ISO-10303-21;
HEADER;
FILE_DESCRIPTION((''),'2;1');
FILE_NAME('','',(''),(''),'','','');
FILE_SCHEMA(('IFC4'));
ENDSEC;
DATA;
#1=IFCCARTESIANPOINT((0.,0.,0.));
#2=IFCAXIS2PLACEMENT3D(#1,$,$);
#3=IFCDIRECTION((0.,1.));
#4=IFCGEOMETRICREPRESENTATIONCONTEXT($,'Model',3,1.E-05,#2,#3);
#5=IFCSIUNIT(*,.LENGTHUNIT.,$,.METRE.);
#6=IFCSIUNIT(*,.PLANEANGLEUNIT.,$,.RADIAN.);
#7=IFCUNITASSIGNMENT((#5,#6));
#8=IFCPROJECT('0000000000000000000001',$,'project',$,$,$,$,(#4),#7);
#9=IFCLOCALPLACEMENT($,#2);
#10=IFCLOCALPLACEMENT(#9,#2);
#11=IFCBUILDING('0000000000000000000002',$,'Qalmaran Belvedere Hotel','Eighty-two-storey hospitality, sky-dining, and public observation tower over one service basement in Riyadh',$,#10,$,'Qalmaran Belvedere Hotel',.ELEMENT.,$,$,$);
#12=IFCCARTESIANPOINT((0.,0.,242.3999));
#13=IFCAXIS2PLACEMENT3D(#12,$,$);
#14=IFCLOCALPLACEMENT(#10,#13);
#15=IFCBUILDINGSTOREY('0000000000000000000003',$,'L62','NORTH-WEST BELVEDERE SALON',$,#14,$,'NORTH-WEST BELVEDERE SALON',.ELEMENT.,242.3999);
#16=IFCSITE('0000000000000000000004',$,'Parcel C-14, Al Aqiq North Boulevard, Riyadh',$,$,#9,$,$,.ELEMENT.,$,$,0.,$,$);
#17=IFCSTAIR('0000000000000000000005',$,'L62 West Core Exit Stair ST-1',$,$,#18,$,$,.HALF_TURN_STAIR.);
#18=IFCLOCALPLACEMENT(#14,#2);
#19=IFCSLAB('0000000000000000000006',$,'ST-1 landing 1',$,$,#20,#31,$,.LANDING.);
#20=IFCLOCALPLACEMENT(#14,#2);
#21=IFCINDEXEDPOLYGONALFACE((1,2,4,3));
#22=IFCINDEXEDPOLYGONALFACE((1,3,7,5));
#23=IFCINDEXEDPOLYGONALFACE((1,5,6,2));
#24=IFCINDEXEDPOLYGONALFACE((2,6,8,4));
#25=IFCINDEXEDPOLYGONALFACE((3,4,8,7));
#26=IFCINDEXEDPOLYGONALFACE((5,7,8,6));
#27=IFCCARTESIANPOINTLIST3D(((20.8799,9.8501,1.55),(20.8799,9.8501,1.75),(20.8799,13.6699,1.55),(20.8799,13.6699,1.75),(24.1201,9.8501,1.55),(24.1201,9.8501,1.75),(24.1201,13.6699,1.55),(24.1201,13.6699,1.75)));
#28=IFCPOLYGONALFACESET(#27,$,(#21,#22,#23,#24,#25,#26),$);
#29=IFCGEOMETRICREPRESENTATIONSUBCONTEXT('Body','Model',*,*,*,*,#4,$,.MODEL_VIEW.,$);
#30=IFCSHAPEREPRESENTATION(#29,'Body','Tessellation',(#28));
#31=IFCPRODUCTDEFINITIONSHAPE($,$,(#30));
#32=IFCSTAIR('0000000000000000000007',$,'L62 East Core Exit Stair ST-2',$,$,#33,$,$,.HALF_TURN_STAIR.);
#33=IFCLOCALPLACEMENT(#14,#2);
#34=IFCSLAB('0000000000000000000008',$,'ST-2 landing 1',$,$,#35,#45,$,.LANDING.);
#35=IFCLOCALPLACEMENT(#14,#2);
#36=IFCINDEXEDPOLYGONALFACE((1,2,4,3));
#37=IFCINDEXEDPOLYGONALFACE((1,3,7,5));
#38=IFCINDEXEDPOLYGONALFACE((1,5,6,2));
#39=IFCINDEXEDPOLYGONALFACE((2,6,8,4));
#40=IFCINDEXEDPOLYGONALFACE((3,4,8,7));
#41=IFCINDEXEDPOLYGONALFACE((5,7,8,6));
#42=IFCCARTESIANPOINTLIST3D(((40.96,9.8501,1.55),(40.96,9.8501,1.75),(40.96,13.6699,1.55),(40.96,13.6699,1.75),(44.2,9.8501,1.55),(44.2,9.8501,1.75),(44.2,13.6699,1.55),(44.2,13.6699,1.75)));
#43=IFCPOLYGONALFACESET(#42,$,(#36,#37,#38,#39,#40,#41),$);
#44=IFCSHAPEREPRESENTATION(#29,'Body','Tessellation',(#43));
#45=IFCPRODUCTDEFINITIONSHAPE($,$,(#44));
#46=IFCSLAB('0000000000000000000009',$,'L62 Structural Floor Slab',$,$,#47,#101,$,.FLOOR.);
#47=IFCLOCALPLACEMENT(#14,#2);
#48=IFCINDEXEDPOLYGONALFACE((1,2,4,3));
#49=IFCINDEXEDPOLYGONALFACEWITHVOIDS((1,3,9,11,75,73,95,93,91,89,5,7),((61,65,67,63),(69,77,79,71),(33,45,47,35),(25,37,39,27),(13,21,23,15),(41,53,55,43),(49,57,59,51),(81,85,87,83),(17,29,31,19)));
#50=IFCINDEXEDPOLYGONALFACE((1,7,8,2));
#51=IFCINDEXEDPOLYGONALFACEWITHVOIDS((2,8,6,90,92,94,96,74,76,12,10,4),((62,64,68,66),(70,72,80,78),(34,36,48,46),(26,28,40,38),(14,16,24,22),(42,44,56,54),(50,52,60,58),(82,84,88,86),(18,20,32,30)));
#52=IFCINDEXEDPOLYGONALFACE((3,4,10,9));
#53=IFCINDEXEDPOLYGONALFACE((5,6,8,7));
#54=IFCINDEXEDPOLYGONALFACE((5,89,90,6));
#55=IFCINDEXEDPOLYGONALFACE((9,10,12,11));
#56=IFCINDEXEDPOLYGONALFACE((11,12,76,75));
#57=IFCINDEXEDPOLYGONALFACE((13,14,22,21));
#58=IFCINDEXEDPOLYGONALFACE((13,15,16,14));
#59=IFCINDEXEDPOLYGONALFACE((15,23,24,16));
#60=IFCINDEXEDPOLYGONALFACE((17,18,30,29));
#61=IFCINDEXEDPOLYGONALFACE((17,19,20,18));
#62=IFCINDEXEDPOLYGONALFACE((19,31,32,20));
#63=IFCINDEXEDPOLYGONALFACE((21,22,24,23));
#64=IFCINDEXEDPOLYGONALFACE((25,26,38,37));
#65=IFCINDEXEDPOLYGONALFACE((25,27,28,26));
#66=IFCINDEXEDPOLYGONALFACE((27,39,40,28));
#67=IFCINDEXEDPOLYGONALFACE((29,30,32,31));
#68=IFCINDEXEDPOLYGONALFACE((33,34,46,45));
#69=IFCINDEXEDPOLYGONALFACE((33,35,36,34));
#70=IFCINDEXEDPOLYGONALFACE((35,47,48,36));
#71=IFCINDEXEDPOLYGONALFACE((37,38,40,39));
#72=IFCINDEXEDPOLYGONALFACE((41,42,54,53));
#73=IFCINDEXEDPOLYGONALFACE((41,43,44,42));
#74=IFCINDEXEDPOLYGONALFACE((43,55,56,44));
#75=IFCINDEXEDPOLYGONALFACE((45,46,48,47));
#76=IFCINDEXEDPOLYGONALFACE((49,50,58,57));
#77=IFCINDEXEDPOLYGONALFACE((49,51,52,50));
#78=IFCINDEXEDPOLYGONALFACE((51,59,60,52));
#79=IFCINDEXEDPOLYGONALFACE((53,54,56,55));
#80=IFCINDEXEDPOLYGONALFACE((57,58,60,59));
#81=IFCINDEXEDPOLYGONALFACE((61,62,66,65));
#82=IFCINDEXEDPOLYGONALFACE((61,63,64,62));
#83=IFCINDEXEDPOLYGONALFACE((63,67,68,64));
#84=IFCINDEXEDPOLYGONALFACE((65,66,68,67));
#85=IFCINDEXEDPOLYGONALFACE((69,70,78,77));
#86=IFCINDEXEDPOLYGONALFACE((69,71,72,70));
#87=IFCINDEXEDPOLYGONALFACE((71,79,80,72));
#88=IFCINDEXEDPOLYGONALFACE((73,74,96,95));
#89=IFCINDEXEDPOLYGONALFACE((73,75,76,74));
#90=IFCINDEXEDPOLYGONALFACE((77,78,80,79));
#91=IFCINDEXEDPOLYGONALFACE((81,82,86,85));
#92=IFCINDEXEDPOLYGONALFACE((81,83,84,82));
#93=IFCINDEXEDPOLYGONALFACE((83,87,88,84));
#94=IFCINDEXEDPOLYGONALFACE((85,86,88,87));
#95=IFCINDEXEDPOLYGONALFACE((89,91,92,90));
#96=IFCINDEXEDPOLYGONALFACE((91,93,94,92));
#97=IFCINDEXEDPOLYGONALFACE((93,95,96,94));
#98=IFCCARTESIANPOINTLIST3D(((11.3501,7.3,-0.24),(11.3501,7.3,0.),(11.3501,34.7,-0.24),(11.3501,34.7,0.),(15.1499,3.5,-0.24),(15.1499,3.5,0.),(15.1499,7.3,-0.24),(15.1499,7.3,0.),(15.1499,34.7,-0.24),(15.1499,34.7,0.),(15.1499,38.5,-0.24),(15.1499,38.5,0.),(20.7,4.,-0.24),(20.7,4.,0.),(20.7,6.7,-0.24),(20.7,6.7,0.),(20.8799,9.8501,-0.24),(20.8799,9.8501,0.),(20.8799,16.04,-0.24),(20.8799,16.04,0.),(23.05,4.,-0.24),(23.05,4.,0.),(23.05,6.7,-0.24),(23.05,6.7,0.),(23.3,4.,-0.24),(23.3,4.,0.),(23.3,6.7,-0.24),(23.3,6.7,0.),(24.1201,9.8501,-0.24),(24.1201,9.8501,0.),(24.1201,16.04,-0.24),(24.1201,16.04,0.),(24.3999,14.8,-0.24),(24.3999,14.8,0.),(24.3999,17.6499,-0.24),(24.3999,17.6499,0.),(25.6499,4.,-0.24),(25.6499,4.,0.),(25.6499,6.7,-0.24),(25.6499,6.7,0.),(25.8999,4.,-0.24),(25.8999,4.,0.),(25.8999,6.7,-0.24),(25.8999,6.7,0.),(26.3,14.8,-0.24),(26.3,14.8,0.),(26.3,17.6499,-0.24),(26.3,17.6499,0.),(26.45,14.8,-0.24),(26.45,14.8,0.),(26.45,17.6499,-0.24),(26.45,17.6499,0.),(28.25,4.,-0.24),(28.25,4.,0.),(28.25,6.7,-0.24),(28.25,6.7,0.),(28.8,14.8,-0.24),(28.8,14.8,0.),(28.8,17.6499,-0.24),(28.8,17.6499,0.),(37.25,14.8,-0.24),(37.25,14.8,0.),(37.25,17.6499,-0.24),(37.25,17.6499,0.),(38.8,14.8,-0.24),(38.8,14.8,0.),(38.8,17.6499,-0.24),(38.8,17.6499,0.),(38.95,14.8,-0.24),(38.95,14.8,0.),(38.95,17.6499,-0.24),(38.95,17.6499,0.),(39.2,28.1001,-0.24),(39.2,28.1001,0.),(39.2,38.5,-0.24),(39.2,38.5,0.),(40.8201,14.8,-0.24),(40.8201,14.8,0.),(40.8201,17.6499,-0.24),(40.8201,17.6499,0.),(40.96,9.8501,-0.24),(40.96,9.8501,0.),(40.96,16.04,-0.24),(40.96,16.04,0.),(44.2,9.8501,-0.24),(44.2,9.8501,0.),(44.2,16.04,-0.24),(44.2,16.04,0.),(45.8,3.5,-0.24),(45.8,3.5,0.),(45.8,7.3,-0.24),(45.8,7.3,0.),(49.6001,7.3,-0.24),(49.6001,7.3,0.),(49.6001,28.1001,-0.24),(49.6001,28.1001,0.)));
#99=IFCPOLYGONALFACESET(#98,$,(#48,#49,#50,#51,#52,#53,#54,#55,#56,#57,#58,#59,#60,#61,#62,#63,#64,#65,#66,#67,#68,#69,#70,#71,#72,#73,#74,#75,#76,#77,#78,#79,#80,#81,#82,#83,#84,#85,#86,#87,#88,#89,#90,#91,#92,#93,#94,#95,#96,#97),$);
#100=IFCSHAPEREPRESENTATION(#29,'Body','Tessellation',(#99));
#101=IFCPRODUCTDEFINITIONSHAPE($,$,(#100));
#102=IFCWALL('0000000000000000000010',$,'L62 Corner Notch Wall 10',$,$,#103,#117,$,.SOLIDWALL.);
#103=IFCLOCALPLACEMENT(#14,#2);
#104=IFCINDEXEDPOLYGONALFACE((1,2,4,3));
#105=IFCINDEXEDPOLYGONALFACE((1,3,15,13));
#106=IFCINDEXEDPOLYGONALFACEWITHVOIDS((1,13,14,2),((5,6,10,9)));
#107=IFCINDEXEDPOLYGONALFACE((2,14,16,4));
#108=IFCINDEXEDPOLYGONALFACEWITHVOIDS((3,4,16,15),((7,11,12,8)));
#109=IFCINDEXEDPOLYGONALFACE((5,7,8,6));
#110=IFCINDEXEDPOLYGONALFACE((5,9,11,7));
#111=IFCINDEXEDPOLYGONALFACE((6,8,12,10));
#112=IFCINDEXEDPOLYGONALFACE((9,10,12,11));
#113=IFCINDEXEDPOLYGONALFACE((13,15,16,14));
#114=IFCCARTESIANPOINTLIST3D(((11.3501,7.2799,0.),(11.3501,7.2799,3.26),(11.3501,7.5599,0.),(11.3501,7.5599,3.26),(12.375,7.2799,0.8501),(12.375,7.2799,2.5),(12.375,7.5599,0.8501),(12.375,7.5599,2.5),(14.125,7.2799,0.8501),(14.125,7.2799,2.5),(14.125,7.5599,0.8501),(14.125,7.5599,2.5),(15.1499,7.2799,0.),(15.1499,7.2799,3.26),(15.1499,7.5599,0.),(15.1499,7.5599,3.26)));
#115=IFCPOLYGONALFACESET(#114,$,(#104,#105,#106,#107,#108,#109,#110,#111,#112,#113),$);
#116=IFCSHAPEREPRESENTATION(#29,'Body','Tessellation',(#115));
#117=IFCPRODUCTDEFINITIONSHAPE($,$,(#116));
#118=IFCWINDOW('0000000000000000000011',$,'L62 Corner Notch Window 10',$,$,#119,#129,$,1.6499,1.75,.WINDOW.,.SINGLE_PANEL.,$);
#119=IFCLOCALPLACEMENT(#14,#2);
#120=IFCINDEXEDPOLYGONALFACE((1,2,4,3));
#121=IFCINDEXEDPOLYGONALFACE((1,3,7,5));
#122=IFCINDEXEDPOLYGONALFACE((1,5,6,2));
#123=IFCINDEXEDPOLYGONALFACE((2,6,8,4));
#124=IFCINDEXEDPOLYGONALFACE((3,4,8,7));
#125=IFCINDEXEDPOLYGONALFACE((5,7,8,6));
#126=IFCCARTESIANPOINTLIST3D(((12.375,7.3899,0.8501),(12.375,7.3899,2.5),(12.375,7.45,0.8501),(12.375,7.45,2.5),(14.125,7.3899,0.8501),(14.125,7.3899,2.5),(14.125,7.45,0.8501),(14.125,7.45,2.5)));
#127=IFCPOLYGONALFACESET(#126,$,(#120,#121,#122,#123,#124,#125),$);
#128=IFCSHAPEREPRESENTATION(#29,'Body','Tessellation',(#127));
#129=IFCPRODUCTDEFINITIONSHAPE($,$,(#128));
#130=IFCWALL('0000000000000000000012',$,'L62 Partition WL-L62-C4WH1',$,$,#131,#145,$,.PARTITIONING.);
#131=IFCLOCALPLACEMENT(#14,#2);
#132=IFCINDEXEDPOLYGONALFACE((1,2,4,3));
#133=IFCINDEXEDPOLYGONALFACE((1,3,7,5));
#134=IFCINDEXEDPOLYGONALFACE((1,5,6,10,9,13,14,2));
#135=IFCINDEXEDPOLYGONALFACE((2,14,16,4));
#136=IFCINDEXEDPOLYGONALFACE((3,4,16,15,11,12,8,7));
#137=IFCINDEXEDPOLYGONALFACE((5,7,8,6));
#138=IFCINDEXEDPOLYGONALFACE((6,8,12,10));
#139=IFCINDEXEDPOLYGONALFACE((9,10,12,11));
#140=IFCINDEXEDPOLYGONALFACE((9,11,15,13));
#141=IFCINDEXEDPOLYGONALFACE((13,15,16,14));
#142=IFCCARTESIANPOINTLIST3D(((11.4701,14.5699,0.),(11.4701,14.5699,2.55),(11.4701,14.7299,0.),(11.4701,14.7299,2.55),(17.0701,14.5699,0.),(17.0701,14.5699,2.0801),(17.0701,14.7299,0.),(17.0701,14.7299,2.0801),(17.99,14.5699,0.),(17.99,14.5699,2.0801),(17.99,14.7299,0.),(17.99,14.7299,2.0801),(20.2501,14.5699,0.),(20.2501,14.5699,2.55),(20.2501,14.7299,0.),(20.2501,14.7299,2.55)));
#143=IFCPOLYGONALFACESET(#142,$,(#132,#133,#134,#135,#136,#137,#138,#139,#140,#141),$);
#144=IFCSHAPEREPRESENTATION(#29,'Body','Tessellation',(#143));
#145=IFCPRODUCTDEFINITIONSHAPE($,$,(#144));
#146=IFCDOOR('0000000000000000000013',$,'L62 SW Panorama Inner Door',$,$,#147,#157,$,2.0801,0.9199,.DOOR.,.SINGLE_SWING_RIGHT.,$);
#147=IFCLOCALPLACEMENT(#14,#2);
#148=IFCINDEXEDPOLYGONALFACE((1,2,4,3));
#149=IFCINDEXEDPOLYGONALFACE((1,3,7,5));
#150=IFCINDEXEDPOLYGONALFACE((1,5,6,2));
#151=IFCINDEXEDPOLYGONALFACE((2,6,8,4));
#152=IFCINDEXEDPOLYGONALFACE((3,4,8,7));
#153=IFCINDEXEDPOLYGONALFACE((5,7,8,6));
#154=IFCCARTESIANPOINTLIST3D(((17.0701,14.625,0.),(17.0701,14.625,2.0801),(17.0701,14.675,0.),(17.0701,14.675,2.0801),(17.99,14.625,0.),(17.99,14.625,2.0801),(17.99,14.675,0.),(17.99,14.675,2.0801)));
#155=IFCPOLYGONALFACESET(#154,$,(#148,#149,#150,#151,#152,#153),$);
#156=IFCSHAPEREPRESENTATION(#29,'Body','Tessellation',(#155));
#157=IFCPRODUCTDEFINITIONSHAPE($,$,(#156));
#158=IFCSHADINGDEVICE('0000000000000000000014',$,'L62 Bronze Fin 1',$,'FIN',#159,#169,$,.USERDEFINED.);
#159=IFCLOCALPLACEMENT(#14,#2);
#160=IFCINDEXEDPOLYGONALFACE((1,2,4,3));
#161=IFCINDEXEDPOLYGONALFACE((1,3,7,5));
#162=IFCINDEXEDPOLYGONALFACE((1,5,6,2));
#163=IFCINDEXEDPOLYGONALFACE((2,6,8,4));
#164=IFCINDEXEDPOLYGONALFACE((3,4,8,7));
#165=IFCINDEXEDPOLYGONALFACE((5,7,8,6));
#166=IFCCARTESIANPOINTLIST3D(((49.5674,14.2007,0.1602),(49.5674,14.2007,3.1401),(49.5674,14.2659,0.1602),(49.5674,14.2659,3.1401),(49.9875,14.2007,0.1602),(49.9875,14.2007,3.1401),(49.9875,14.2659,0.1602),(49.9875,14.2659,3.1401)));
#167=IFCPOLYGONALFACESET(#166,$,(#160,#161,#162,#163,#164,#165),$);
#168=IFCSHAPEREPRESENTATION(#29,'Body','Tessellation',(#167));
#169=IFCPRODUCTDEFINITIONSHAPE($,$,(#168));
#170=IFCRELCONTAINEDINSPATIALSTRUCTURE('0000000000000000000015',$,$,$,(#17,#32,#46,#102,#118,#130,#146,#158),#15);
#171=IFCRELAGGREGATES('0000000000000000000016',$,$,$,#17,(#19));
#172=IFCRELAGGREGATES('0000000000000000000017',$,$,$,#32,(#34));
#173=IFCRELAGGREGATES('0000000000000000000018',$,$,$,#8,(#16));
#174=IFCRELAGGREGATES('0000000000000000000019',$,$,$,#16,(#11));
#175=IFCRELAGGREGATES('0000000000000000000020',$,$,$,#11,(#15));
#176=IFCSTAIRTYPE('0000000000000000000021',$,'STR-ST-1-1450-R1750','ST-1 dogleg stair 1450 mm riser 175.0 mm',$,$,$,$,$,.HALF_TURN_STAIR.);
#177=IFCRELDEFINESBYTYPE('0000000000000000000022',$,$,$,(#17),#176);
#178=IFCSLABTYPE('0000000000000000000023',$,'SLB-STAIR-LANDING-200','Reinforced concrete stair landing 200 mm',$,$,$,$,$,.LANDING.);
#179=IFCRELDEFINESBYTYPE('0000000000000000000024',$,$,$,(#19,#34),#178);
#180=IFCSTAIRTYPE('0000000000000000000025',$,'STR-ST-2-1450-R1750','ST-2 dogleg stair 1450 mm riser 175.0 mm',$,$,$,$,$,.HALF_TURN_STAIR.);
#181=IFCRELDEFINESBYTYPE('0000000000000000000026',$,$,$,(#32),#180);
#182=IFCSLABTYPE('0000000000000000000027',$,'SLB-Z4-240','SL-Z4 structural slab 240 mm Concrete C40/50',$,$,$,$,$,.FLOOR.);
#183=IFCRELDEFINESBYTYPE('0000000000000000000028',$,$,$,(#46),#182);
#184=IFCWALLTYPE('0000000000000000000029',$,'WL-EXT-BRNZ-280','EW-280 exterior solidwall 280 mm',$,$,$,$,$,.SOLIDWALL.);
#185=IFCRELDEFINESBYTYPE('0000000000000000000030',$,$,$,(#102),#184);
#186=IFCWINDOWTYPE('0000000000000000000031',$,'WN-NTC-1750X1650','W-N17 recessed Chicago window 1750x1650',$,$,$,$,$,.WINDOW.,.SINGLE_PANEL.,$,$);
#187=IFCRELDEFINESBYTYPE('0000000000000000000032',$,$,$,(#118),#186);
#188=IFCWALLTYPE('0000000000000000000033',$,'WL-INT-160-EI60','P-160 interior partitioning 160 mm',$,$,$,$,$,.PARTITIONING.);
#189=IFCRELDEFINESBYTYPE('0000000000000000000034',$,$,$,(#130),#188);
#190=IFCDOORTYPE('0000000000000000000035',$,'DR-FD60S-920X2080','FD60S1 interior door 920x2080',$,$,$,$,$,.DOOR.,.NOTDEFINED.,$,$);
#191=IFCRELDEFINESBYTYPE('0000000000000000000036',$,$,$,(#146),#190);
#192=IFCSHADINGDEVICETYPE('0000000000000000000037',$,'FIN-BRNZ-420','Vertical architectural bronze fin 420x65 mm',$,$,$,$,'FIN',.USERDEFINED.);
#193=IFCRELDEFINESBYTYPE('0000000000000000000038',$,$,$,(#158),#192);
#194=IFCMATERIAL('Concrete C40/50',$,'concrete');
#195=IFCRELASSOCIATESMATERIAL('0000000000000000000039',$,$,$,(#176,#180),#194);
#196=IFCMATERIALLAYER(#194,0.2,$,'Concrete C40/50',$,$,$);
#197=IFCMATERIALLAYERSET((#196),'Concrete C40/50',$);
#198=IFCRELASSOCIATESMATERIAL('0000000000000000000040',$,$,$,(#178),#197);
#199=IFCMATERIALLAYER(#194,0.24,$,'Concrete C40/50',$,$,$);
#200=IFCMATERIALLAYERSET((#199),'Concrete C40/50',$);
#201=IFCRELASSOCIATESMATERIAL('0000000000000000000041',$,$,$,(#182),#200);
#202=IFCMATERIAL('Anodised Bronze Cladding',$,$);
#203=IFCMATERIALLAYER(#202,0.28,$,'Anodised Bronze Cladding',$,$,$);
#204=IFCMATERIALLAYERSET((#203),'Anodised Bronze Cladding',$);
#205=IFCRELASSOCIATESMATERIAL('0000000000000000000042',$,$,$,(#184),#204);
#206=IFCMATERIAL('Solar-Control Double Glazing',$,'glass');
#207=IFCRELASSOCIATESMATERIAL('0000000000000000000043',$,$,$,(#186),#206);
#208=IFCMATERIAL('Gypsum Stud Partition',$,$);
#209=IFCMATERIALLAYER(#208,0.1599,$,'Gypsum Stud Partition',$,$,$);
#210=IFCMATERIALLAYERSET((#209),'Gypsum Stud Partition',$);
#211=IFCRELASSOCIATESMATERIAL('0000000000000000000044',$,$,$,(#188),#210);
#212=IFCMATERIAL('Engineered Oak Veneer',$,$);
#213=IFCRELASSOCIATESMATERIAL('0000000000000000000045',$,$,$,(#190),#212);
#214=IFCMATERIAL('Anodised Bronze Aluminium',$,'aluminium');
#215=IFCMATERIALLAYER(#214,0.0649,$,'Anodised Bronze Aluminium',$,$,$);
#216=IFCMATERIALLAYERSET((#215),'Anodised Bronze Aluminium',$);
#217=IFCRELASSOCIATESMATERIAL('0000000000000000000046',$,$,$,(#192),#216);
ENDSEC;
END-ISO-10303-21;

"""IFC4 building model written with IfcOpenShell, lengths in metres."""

from ifc_helpers import new_model, si_unit, direction, frame, frame_2d, origin, place, context, subcontext, project, spatial, polyline, rectangle, outline, extrude, material, layer, layer_set, type_object, element, fill, aggregate, save


model = new_model("IFC4")

# Units and contexts
model_context = context("Model", 3, precision=1e-05, world=origin(), true_north=direction((0.0, 1.0)))
body_context = subcontext(model_context, "Body", "Model", "MODEL_VIEW")
ifc_project = project(units=[si_unit("LENGTHUNIT", "METRE"), si_unit("PLANEANGLEUNIT", "RADIAN")], contexts=[model_context])

# Site, building, storey
site_placement = place(None, origin())
site = spatial("IfcSite", under=ifc_project, at=site_placement, Name="Parcel C-14, Al Aqiq North Boulevard, Riyadh", CompositionType="ELEMENT", RefElevation=0.0)
building_placement = place(site_placement, origin())
building = spatial("IfcBuilding", under=site, at=building_placement, Name="Qalmaran Belvedere Hotel", Description="Eighty-two-storey hospitality, sky-dining, and public observation tower over one service basement in Riyadh", LongName="Qalmaran Belvedere Hotel", CompositionType="ELEMENT")
storey_placement = place(building_placement, frame((0.0, 0.0, 242.3999)))
storey = spatial("IfcBuildingStorey", under=building, at=storey_placement, Name="L62", Description="NORTH-WEST BELVEDERE SALON", LongName="NORTH-WEST BELVEDERE SALON", CompositionType="ELEMENT", Elevation=242.3999)

# Shared definitions
ifc_material_1 = material(Name="Anodised Bronze Aluminium", Category="aluminium")

# Shared definitions
ifc_material_2 = material(Name="Solar-Control Double Glazing", Category="glass")

# Shared definitions
ifc_material_3 = material(Name="Concrete C40/50", Category="concrete")

# Stairs, slabs
stair_type_1 = type_object("IfcStairType", Name="STR-ST-1-1450-R1750", Description="ST-1 dogleg stair 1450 mm riser 175.0 mm", PredefinedType="HALF_TURN_STAIR", material=ifc_material_3)
stair_1_placement = place(storey_placement, origin())
stair_1 = element("IfcStair", 1, at=stair_1_placement, inside=storey, type_object=stair_type_1, Name="L62 West Core Exit Stair ST-1", PredefinedType="HALF_TURN_STAIR")
ifc_layer_1 = layer(ifc_material_3, 0.2, Name="Concrete C40/50")
ifc_layer_set_1 = layer_set([ifc_layer_1], Name="Concrete C40/50")
slab_type_1 = type_object("IfcSlabType", Name="SLB-STAIR-LANDING-200", Description="Reinforced concrete stair landing 200 mm", PredefinedType="LANDING", material=ifc_layer_set_1)
slab_1_placement = place(storey_placement, frame((0.0, 0.0, 1.55)))
slab_1 = element("IfcSlab", 2, at=slab_1_placement, type_object=slab_type_1, Name="ST-1 landing 1", PredefinedType="LANDING", context=body_context, shape_type="SweptSolid", body=[
    extrude(outline(polyline([(20.8799, 13.6699), (20.8799, 9.8501), (24.1201, 9.8501), (24.1201, 13.6699), (20.8799, 13.6699)])), origin(), (0.0, 0.0, 1.0), 0.2),
])
aggregate(stair_1, [slab_1])
stair_type_2 = type_object("IfcStairType", Name="STR-ST-2-1450-R1750", Description="ST-2 dogleg stair 1450 mm riser 175.0 mm", PredefinedType="HALF_TURN_STAIR", material=ifc_material_3)
stair_2_placement = place(storey_placement, origin())
stair_2 = element("IfcStair", 3, at=stair_2_placement, inside=storey, type_object=stair_type_2, Name="L62 East Core Exit Stair ST-2", PredefinedType="HALF_TURN_STAIR")
slab_2_placement = place(storey_placement, frame((0.0, 0.0, 1.55)))
slab_2 = element("IfcSlab", 4, at=slab_2_placement, type_object=slab_type_1, Name="ST-2 landing 1", PredefinedType="LANDING", context=body_context, shape_type="SweptSolid", body=[
    extrude(outline(polyline([(40.96, 13.6699), (40.96, 9.8501), (44.2, 9.8501), (44.2, 13.6699), (40.96, 13.6699)])), origin(), (0.0, 0.0, 1.0), 0.2),
])
aggregate(stair_2, [slab_2])

# Slab
ifc_layer_2 = layer(ifc_material_3, 0.24, Name="Concrete C40/50")
ifc_layer_set_2 = layer_set([ifc_layer_2], Name="Concrete C40/50")
slab_type_2 = type_object("IfcSlabType", Name="SLB-Z4-240", Description="SL-Z4 structural slab 240 mm Concrete C40/50", PredefinedType="FLOOR", material=ifc_layer_set_2)
slab_3_placement = place(storey_placement, frame((0.0, 0.0, -0.24)))
element("IfcSlab", 5, at=slab_3_placement, inside=storey, type_object=slab_type_2, Name="L62 Structural Floor Slab", PredefinedType="FLOOR", context=body_context, shape_type="SweptSolid", body=[
    extrude(outline(polyline([(15.1499, 3.5), (45.8, 3.5), (45.8, 7.3), (49.6001, 7.3), (49.6001, 28.1001), (39.2, 28.1001), (39.2, 38.5), (15.1499, 38.5), (15.1499, 34.7), (11.3501, 34.7), (11.3501, 7.3), (15.1499, 7.3), (15.1499, 3.5)]), holes=[polyline([(20.8799, 9.8501), (24.1201, 9.8501), (24.1201, 16.04), (20.8799, 16.04), (20.8799, 9.8501)]), polyline([(40.96, 9.8501), (44.2, 9.8501), (44.2, 16.04), (40.96, 16.04), (40.96, 9.8501)]), polyline([(20.7, 4.0), (23.05, 4.0), (23.05, 6.7), (20.7, 6.7), (20.7, 4.0)]), polyline([(23.3, 4.0), (25.6499, 4.0), (25.6499, 6.7), (23.3, 6.7), (23.3, 4.0)]), polyline([(25.8999, 4.0), (28.25, 4.0), (28.25, 6.7), (25.8999, 6.7), (25.8999, 4.0)]), polyline([(24.3999, 14.8), (26.3, 14.8), (26.3, 17.6499), (24.3999, 17.6499), (24.3999, 14.8)]), polyline([(38.95, 14.8), (40.8201, 14.8), (40.8201, 17.6499), (38.95, 17.6499), (38.95, 14.8)]), polyline([(26.45, 14.8), (28.8, 14.8), (28.8, 17.6499), (26.45, 17.6499), (26.45, 14.8)]), polyline([(37.25, 14.8), (38.8, 14.8), (38.8, 17.6499), (37.25, 17.6499), (37.25, 14.8)])]), origin(), (0.0, 0.0, 1.0), 0.24),
])

# Wall, opening, window
ifc_material_4 = material(Name="Anodised Bronze Cladding")
ifc_layer_3 = layer(ifc_material_4, 0.28, Name="Anodised Bronze Cladding")
ifc_layer_set_3 = layer_set([ifc_layer_3], Name="Anodised Bronze Cladding")
wall_type_1 = type_object("IfcWallType", Name="WL-EXT-BRNZ-280", Description="EW-280 exterior solidwall 280 mm", PredefinedType="SOLIDWALL", material=ifc_layer_set_3)
wall_1_placement = place(storey_placement, frame((11.3501, 7.4199, 0.0), z_axis=(0.0, 0.0, 1.0), x_axis=(1.0, 0.0, 0.0)))
wall_1 = element("IfcWall", 6, at=wall_1_placement, inside=storey, type_object=wall_type_1, Name="L62 Corner Notch Wall 10", PredefinedType="SOLIDWALL", context=body_context, shape_type="SweptSolid", body=[
    extrude(rectangle(XDim=3.7998, YDim=0.28, at=frame_2d((1.8999, 0.0))), origin(), (0.0, 0.0, 1.0), 3.26),
])
opening_1_placement = place(wall_1_placement, frame((1.0249, 0.0, 0.8501)))
opening_1 = element("IfcOpeningElement", 7, at=opening_1_placement, cuts=wall_1, PredefinedType="OPENING", context=body_context, shape_type="SweptSolid", body=[
    extrude(rectangle(XDim=1.75, YDim=1.6499, at=frame_2d((0.875, 0.825))), frame((0.0, 0.1499, 0.0), z_axis=(0.0, -1.0, 0.0), x_axis=(1.0, 0.0, 0.0)), (0.0, 0.0, 1.0), 0.3),
])
window_type = type_object("IfcWindowType", Name="WN-NTC-1750X1650", Description="W-N17 recessed Chicago window 1750x1650", PartitioningType="SINGLE_PANEL", PredefinedType="WINDOW", material=ifc_material_2)
window_placement = place(opening_1_placement, origin())
window = element("IfcWindow", 8, at=window_placement, inside=storey, type_object=window_type, Name="L62 Corner Notch Window 10", OverallHeight=1.6499, OverallWidth=1.75, PartitioningType="SINGLE_PANEL", PredefinedType="WINDOW", context=body_context, shape_type="SweptSolid", body=[
    extrude(rectangle(XDim=1.75, YDim=1.6499, at=frame_2d((0.875, 0.825))), frame((0.0, 0.03, 0.0), z_axis=(0.0, -1.0, 0.0), x_axis=(1.0, 0.0, 0.0)), (0.0, 0.0, 1.0), 0.0601),
])
fill(opening_1, window)

# Wall, opening, door
ifc_material_5 = material(Name="Gypsum Stud Partition")
ifc_layer_4 = layer(ifc_material_5, 0.1599, Name="Gypsum Stud Partition")
ifc_layer_set_4 = layer_set([ifc_layer_4], Name="Gypsum Stud Partition")
wall_type_2 = type_object("IfcWallType", Name="WL-INT-160-EI60", Description="P-160 interior partitioning 160 mm", PredefinedType="PARTITIONING", material=ifc_layer_set_4)
wall_2_placement = place(storey_placement, frame((11.47, 14.6499, 0.0), z_axis=(0.0, 0.0, 1.0), x_axis=(1.0, 0.0, 0.0)))
wall_2 = element("IfcWall", 9, at=wall_2_placement, inside=storey, type_object=wall_type_2, Name="L62 Partition WL-L62-C4WH1", PredefinedType="PARTITIONING", context=body_context, shape_type="SweptSolid", body=[
    extrude(rectangle(XDim=8.78, YDim=0.1599, at=frame_2d((4.3901, 0.0))), origin(), (0.0, 0.0, 1.0), 2.55),
])
opening_2_placement = place(wall_2_placement, frame((6.52, 0.0, 0.0), z_axis=(0.0, 0.0, 1.0), x_axis=(-1.0, 0.0, 0.0)))
opening_2 = element("IfcOpeningElement", 10, at=opening_2_placement, cuts=wall_2, PredefinedType="OPENING", context=body_context, shape_type="SweptSolid", body=[
    extrude(rectangle(XDim=0.9199, YDim=2.0801, at=frame_2d((0.46, 1.04))), frame((0.0, 0.0898, 0.0), z_axis=(0.0, -1.0, 0.0), x_axis=(1.0, 0.0, 0.0)), (0.0, 0.0, 1.0), 0.1799),
])
ifc_material_6 = material(Name="Engineered Oak Veneer")
door_type = type_object("IfcDoorType", Name="DR-FD60S-920X2080", Description="FD60S1 interior door 920x2080", OperationType="NOTDEFINED", PredefinedType="DOOR", material=ifc_material_6)
door_placement = place(opening_2_placement, origin())
door = element("IfcDoor", 11, at=door_placement, inside=storey, type_object=door_type, Name="L62 SW Panorama Inner Door", OperationType="SINGLE_SWING_RIGHT", OverallHeight=2.0801, OverallWidth=0.9199, PredefinedType="DOOR", context=body_context, shape_type="SweptSolid", body=[
    extrude(rectangle(XDim=0.9199, YDim=2.0801, at=frame_2d((0.46, 1.04))), frame((0.0, 0.0249, 0.0), z_axis=(0.0, -1.0, 0.0), x_axis=(1.0, 0.0, 0.0)), (0.0, 0.0, 1.0), 0.05),
])
fill(opening_2, door)

# Shading device
ifc_layer_5 = layer(ifc_material_1, 0.0649, Name="Anodised Bronze Aluminium")
ifc_layer_set_5 = layer_set([ifc_layer_5], Name="Anodised Bronze Aluminium")
shading_device_type = type_object("IfcShadingDeviceType", Name="FIN-BRNZ-420", Description="Vertical architectural bronze fin 420x65 mm", ElementType="FIN", PredefinedType="USERDEFINED", material=ifc_layer_set_5)
shading_device_1_placement = place(storey_placement, frame((0.0, 0.0, 0.1602)))
element("IfcShadingDevice", 12, at=shading_device_1_placement, inside=storey, type_object=shading_device_type, Name="L62 Bronze Fin 1", ObjectType="FIN", PredefinedType="USERDEFINED", context=body_context, shape_type="SweptSolid", body=[
    extrude(outline(polyline([(49.5674, 14.2007), (49.9875, 14.2007), (49.9875, 14.2659), (49.5674, 14.2659), (49.5674, 14.2007)])), origin(), (0.0, 0.0, 1.0), 2.98),
])

save(model, "model.ifc")
